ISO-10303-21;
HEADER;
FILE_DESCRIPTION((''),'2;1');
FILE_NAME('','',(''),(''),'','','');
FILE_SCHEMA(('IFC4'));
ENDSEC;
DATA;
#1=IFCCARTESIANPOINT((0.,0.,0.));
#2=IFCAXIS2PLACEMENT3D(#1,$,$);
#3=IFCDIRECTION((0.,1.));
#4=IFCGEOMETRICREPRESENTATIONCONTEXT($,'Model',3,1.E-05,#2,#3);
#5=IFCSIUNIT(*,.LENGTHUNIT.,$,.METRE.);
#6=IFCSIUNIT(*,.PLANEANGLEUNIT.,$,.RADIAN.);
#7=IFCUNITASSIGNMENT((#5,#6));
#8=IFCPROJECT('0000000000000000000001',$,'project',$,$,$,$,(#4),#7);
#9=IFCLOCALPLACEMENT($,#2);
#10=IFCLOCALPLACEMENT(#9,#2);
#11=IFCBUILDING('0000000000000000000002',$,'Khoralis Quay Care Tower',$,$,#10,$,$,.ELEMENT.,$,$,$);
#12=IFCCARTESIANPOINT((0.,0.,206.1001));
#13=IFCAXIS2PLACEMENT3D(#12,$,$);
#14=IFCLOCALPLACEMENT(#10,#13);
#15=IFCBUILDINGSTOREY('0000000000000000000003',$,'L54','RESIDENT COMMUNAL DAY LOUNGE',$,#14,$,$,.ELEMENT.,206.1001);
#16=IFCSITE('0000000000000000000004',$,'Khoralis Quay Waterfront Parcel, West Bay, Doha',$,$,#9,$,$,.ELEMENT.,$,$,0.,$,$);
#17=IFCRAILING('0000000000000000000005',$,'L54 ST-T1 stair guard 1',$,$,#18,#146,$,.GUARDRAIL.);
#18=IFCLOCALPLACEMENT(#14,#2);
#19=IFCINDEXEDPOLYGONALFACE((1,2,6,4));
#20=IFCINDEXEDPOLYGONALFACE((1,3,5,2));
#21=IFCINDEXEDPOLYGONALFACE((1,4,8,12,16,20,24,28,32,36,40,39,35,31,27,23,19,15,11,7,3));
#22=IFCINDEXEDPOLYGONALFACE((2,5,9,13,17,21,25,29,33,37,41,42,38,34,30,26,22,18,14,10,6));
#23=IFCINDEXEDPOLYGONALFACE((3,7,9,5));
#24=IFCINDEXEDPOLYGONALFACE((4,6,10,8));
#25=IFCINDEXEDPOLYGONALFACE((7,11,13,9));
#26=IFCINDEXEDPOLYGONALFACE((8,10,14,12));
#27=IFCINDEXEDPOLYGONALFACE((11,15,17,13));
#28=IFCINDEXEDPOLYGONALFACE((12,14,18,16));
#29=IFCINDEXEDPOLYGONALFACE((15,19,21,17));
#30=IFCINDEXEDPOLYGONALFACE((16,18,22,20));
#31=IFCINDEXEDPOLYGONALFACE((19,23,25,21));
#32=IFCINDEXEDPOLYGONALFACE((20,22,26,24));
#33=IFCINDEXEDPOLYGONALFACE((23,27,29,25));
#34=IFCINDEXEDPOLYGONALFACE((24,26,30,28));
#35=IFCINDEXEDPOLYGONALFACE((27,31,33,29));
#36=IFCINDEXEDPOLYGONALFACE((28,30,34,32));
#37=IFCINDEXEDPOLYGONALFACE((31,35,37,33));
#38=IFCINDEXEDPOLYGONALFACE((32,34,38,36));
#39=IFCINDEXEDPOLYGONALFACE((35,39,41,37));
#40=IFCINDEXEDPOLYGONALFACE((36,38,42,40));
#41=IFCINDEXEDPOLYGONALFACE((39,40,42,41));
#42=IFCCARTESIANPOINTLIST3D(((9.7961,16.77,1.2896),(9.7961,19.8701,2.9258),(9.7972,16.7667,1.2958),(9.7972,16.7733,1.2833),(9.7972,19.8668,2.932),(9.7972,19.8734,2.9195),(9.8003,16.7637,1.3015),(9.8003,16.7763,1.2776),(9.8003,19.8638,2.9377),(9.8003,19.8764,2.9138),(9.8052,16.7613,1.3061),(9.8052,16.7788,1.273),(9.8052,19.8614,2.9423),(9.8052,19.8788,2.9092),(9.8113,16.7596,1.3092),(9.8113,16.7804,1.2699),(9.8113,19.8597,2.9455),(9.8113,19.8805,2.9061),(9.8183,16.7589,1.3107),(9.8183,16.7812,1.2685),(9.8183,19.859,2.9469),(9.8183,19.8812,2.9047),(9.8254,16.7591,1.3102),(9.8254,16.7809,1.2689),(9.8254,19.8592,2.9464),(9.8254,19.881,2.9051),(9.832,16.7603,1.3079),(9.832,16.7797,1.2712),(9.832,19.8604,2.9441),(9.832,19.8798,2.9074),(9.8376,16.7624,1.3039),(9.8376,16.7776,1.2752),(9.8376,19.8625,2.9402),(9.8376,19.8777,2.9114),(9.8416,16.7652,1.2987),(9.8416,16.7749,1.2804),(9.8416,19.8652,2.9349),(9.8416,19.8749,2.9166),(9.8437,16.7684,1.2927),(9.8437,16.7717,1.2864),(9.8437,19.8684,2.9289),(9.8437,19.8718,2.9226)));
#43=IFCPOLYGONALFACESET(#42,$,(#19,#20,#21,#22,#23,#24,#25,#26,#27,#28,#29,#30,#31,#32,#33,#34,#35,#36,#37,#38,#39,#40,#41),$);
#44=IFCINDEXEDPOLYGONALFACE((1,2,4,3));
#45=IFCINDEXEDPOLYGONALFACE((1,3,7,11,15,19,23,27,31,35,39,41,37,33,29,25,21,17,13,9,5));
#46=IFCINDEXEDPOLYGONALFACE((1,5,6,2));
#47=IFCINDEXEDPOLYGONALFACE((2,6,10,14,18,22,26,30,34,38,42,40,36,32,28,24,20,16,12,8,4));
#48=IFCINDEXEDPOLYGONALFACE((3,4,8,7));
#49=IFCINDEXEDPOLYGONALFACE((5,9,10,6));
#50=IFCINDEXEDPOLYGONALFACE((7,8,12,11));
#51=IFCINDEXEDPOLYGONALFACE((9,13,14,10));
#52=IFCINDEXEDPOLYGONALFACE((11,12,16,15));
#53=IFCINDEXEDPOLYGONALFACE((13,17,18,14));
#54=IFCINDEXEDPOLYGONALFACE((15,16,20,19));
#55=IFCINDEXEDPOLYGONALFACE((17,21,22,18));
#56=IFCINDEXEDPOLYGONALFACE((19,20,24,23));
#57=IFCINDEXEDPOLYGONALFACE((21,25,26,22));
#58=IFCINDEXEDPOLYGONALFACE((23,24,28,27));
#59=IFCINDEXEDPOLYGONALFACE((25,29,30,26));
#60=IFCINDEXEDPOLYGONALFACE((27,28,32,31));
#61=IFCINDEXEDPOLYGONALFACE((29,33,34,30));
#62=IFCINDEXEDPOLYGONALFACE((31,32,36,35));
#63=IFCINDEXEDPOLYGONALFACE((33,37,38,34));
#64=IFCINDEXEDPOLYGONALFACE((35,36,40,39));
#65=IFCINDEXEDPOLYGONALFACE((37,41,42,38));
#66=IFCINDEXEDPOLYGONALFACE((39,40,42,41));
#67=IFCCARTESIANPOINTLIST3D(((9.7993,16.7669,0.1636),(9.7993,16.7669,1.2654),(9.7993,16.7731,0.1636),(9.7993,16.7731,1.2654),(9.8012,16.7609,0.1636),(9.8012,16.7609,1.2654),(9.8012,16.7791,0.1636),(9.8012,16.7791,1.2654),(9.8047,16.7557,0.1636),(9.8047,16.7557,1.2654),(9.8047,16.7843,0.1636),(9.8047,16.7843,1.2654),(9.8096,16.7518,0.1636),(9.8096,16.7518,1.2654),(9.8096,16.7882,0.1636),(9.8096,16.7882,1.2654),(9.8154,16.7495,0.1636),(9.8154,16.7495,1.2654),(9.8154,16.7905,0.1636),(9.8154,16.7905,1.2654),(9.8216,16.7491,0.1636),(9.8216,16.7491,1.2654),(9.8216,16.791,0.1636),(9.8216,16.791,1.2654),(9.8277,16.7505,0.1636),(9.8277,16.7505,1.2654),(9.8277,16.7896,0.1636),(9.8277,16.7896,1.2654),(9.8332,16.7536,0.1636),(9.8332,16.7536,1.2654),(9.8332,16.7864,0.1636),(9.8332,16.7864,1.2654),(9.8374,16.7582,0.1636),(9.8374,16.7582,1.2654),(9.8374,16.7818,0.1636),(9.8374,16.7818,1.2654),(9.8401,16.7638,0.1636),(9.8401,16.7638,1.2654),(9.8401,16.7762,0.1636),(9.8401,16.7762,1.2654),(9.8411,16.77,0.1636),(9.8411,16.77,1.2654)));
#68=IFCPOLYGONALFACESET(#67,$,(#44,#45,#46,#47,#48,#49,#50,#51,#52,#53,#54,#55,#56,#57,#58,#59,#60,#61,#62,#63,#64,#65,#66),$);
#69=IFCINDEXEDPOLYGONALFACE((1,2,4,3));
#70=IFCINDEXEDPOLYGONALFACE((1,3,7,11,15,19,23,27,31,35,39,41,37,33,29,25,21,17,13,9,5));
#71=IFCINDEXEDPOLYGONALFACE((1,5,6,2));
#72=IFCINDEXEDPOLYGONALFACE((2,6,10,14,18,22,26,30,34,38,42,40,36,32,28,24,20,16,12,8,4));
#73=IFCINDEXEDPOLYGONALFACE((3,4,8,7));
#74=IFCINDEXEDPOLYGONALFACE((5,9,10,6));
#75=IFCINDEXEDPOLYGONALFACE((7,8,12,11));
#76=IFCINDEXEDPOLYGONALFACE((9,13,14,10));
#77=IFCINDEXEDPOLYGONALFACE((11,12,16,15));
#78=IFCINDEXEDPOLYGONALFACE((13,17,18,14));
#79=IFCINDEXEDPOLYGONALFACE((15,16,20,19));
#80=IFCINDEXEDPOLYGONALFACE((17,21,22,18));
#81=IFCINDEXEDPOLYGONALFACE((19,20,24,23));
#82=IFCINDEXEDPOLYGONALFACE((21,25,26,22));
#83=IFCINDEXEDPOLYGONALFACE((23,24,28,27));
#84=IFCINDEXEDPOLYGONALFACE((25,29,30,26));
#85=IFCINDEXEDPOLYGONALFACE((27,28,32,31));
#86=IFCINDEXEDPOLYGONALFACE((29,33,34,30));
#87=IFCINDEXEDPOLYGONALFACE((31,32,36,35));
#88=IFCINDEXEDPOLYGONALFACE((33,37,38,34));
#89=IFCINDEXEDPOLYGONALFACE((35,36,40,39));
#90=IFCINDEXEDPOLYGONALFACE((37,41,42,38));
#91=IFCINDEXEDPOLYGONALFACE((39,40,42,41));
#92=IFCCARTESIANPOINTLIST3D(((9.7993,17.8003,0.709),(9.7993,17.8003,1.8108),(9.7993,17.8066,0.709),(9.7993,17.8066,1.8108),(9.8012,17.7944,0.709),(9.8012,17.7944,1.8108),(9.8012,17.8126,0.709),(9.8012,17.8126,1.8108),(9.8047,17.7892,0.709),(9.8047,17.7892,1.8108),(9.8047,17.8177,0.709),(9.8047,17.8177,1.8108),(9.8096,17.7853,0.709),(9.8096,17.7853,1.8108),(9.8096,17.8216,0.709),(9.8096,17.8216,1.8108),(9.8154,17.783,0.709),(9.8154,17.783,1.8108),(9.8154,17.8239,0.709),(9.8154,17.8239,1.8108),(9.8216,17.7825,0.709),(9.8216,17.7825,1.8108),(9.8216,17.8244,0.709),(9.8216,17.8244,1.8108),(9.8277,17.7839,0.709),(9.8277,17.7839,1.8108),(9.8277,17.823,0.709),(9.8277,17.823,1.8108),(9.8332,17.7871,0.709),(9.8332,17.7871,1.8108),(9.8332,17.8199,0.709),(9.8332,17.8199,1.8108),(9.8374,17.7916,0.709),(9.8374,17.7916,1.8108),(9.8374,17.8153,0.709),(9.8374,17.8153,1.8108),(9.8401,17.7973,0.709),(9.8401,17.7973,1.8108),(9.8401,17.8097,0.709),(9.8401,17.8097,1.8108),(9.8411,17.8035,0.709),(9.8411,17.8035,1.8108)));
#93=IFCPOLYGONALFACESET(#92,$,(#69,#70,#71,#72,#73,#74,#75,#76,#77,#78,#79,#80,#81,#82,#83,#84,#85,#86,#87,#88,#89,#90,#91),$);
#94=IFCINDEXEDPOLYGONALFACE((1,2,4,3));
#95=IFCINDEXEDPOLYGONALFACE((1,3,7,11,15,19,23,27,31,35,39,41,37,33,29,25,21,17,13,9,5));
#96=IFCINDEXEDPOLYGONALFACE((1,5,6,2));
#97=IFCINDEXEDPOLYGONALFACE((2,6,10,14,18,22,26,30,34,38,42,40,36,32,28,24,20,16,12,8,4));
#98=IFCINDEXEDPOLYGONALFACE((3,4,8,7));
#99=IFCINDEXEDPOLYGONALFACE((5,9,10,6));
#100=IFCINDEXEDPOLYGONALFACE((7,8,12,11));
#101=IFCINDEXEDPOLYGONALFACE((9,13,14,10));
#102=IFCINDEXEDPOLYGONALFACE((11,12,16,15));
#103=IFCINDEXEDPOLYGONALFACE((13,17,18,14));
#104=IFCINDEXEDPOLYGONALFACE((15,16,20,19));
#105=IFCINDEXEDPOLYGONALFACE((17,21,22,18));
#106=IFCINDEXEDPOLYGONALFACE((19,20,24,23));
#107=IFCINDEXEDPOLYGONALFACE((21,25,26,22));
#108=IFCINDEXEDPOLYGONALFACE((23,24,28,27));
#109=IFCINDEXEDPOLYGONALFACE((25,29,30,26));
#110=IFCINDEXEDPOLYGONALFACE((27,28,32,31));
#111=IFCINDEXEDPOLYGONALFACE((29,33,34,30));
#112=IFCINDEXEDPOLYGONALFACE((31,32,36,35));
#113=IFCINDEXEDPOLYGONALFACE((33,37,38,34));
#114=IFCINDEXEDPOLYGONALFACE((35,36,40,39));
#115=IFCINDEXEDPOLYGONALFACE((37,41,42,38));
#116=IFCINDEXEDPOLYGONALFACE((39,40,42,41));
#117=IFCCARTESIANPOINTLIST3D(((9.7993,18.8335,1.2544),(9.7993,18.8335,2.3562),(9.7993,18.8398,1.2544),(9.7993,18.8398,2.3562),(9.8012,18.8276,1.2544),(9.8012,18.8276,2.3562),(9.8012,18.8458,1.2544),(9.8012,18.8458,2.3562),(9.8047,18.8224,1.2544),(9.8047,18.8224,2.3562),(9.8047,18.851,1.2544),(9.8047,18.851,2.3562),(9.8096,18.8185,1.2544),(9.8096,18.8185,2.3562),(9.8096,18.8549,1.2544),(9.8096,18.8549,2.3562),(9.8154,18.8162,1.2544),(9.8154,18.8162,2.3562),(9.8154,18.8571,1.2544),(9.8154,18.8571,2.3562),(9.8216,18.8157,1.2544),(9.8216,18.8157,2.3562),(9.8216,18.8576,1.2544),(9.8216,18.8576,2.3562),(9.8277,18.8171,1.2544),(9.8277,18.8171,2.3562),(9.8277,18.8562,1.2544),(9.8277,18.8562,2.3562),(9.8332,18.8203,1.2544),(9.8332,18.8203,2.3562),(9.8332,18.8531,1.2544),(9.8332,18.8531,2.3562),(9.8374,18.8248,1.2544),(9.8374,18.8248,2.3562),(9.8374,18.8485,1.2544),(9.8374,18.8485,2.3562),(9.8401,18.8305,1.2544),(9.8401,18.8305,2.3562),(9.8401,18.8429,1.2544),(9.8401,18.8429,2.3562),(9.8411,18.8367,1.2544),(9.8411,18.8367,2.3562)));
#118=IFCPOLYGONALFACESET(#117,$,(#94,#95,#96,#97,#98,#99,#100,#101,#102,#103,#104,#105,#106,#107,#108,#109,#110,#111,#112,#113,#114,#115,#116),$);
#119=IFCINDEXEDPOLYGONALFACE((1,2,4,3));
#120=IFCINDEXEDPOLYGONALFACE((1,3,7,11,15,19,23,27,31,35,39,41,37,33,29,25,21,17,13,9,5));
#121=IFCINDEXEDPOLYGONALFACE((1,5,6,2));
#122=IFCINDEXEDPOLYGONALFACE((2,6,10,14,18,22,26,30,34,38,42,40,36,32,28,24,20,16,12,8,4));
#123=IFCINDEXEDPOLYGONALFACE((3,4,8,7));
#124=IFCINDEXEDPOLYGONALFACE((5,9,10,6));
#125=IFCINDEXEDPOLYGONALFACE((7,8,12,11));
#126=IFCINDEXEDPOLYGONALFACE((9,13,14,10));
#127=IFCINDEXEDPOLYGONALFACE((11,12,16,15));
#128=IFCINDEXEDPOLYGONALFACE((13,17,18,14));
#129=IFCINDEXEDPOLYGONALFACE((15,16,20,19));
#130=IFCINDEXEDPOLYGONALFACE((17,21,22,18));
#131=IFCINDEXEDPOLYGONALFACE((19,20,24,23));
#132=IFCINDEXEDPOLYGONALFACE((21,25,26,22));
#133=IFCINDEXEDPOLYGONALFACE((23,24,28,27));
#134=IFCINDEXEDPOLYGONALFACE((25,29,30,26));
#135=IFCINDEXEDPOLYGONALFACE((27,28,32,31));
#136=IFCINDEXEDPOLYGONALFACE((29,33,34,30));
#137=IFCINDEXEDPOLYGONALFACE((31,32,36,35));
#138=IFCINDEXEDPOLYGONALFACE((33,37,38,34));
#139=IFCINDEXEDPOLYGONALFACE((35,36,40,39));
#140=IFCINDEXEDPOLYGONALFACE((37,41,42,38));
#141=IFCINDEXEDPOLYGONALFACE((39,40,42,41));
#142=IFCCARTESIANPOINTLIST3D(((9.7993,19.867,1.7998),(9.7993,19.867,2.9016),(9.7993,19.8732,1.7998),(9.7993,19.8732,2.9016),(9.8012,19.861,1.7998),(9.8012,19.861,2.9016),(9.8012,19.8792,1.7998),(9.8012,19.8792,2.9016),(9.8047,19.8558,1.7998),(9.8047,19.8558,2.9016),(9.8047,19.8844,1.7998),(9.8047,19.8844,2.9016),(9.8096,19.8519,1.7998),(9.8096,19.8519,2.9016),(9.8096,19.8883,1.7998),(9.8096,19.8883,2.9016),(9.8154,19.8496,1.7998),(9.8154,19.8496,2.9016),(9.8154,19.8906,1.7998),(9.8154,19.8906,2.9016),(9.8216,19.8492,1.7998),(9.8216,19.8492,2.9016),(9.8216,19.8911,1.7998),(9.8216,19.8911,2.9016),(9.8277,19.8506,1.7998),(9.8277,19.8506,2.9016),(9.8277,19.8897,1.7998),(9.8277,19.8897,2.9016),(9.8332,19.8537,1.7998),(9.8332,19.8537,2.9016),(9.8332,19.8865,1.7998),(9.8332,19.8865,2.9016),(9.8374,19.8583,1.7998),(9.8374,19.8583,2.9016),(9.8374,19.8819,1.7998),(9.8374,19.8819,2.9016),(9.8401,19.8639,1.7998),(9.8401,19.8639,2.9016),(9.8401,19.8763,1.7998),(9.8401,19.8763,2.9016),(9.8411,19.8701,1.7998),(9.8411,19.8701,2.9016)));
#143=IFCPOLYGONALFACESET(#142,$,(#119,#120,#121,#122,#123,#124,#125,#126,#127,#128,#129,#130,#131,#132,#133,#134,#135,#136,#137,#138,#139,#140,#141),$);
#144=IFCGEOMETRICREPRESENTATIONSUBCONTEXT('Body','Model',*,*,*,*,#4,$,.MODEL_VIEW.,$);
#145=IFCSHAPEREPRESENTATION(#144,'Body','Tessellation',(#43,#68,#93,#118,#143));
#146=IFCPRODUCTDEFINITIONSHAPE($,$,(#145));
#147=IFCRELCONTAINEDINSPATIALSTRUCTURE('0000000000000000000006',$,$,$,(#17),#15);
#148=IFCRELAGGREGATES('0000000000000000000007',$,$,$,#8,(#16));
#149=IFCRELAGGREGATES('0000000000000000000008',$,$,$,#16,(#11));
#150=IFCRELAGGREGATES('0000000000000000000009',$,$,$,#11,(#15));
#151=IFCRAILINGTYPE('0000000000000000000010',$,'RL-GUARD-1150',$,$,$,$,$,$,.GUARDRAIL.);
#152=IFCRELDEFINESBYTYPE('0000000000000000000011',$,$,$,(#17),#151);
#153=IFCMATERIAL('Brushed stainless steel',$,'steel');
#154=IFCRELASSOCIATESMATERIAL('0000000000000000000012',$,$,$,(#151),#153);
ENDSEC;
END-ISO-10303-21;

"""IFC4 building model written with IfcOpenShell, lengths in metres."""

from ifc_helpers import new_model, si_unit, direction, frame, origin, origin_2d, place, context, subcontext, project, spatial, circle, extrude, material, type_object, element, save


model = new_model("IFC4")

# Units and contexts
model_context = context("Model", 3, precision=1e-05, world=origin(), true_north=direction((0.0, 1.0)))
body_context = subcontext(model_context, "Body", "Model", "MODEL_VIEW")
ifc_project = project(units=[si_unit("LENGTHUNIT", "METRE"), si_unit("PLANEANGLEUNIT", "RADIAN")], contexts=[model_context])

# Site, building, storey
site_placement = place(None, origin())
site = spatial("IfcSite", under=ifc_project, at=site_placement, Name="Khoralis Quay Waterfront Parcel, West Bay, Doha", CompositionType="ELEMENT", RefElevation=0.0)
building_placement = place(site_placement, origin())
building = spatial("IfcBuilding", under=site, at=building_placement, Name="Khoralis Quay Care Tower", CompositionType="ELEMENT")
storey_placement = place(building_placement, frame((0.0, 0.0, 206.1001)))
storey = spatial("IfcBuildingStorey", under=building, at=storey_placement, Name="L54", Description="RESIDENT COMMUNAL DAY LOUNGE", CompositionType="ELEMENT", Elevation=206.1001)

# Railing
ifc_material_1 = material(Name="Brushed stainless steel", Category="steel")
railing_type_1 = type_object("IfcRailingType", Name="RL-GUARD-1150", PredefinedType="GUARDRAIL", material=ifc_material_1)
railing_1_placement = place(storey_placement, frame((9.8201, 16.77, 0.1636)))
element("IfcRailing", 1, at=railing_1_placement, inside=storey, type_object=railing_type_1, Name="L54 ST-T1 stair guard 1", PredefinedType="GUARDRAIL", context=body_context, shape_type="SweptSolid", body=[
    extrude(circle(Radius=0.0239, at=origin_2d()), frame((0.0, 0.0, 1.126), z_axis=(0.0, 0.884377, 0.466774), x_axis=(-1.0, 0.0, 0.0)), (0.0, 0.0, 1.0), 3.5054),
    extrude(circle(Radius=0.021, at=origin_2d()), origin(), (0.0, 0.0, 1.0), 1.1018),
    extrude(circle(Radius=0.021, at=origin_2d()), frame((0.0, 1.0334, 0.5454)), (0.0, 0.0, 1.0), 1.1018),
    extrude(circle(Radius=0.021, at=origin_2d()), frame((0.0, 2.0667, 1.0908)), (0.0, 0.0, 1.0), 1.1018),
    extrude(circle(Radius=0.021, at=origin_2d()), frame((0.0, 3.1001, 1.6362)), (0.0, 0.0, 1.0), 1.1018),
])

save(model, "model.ifc")
